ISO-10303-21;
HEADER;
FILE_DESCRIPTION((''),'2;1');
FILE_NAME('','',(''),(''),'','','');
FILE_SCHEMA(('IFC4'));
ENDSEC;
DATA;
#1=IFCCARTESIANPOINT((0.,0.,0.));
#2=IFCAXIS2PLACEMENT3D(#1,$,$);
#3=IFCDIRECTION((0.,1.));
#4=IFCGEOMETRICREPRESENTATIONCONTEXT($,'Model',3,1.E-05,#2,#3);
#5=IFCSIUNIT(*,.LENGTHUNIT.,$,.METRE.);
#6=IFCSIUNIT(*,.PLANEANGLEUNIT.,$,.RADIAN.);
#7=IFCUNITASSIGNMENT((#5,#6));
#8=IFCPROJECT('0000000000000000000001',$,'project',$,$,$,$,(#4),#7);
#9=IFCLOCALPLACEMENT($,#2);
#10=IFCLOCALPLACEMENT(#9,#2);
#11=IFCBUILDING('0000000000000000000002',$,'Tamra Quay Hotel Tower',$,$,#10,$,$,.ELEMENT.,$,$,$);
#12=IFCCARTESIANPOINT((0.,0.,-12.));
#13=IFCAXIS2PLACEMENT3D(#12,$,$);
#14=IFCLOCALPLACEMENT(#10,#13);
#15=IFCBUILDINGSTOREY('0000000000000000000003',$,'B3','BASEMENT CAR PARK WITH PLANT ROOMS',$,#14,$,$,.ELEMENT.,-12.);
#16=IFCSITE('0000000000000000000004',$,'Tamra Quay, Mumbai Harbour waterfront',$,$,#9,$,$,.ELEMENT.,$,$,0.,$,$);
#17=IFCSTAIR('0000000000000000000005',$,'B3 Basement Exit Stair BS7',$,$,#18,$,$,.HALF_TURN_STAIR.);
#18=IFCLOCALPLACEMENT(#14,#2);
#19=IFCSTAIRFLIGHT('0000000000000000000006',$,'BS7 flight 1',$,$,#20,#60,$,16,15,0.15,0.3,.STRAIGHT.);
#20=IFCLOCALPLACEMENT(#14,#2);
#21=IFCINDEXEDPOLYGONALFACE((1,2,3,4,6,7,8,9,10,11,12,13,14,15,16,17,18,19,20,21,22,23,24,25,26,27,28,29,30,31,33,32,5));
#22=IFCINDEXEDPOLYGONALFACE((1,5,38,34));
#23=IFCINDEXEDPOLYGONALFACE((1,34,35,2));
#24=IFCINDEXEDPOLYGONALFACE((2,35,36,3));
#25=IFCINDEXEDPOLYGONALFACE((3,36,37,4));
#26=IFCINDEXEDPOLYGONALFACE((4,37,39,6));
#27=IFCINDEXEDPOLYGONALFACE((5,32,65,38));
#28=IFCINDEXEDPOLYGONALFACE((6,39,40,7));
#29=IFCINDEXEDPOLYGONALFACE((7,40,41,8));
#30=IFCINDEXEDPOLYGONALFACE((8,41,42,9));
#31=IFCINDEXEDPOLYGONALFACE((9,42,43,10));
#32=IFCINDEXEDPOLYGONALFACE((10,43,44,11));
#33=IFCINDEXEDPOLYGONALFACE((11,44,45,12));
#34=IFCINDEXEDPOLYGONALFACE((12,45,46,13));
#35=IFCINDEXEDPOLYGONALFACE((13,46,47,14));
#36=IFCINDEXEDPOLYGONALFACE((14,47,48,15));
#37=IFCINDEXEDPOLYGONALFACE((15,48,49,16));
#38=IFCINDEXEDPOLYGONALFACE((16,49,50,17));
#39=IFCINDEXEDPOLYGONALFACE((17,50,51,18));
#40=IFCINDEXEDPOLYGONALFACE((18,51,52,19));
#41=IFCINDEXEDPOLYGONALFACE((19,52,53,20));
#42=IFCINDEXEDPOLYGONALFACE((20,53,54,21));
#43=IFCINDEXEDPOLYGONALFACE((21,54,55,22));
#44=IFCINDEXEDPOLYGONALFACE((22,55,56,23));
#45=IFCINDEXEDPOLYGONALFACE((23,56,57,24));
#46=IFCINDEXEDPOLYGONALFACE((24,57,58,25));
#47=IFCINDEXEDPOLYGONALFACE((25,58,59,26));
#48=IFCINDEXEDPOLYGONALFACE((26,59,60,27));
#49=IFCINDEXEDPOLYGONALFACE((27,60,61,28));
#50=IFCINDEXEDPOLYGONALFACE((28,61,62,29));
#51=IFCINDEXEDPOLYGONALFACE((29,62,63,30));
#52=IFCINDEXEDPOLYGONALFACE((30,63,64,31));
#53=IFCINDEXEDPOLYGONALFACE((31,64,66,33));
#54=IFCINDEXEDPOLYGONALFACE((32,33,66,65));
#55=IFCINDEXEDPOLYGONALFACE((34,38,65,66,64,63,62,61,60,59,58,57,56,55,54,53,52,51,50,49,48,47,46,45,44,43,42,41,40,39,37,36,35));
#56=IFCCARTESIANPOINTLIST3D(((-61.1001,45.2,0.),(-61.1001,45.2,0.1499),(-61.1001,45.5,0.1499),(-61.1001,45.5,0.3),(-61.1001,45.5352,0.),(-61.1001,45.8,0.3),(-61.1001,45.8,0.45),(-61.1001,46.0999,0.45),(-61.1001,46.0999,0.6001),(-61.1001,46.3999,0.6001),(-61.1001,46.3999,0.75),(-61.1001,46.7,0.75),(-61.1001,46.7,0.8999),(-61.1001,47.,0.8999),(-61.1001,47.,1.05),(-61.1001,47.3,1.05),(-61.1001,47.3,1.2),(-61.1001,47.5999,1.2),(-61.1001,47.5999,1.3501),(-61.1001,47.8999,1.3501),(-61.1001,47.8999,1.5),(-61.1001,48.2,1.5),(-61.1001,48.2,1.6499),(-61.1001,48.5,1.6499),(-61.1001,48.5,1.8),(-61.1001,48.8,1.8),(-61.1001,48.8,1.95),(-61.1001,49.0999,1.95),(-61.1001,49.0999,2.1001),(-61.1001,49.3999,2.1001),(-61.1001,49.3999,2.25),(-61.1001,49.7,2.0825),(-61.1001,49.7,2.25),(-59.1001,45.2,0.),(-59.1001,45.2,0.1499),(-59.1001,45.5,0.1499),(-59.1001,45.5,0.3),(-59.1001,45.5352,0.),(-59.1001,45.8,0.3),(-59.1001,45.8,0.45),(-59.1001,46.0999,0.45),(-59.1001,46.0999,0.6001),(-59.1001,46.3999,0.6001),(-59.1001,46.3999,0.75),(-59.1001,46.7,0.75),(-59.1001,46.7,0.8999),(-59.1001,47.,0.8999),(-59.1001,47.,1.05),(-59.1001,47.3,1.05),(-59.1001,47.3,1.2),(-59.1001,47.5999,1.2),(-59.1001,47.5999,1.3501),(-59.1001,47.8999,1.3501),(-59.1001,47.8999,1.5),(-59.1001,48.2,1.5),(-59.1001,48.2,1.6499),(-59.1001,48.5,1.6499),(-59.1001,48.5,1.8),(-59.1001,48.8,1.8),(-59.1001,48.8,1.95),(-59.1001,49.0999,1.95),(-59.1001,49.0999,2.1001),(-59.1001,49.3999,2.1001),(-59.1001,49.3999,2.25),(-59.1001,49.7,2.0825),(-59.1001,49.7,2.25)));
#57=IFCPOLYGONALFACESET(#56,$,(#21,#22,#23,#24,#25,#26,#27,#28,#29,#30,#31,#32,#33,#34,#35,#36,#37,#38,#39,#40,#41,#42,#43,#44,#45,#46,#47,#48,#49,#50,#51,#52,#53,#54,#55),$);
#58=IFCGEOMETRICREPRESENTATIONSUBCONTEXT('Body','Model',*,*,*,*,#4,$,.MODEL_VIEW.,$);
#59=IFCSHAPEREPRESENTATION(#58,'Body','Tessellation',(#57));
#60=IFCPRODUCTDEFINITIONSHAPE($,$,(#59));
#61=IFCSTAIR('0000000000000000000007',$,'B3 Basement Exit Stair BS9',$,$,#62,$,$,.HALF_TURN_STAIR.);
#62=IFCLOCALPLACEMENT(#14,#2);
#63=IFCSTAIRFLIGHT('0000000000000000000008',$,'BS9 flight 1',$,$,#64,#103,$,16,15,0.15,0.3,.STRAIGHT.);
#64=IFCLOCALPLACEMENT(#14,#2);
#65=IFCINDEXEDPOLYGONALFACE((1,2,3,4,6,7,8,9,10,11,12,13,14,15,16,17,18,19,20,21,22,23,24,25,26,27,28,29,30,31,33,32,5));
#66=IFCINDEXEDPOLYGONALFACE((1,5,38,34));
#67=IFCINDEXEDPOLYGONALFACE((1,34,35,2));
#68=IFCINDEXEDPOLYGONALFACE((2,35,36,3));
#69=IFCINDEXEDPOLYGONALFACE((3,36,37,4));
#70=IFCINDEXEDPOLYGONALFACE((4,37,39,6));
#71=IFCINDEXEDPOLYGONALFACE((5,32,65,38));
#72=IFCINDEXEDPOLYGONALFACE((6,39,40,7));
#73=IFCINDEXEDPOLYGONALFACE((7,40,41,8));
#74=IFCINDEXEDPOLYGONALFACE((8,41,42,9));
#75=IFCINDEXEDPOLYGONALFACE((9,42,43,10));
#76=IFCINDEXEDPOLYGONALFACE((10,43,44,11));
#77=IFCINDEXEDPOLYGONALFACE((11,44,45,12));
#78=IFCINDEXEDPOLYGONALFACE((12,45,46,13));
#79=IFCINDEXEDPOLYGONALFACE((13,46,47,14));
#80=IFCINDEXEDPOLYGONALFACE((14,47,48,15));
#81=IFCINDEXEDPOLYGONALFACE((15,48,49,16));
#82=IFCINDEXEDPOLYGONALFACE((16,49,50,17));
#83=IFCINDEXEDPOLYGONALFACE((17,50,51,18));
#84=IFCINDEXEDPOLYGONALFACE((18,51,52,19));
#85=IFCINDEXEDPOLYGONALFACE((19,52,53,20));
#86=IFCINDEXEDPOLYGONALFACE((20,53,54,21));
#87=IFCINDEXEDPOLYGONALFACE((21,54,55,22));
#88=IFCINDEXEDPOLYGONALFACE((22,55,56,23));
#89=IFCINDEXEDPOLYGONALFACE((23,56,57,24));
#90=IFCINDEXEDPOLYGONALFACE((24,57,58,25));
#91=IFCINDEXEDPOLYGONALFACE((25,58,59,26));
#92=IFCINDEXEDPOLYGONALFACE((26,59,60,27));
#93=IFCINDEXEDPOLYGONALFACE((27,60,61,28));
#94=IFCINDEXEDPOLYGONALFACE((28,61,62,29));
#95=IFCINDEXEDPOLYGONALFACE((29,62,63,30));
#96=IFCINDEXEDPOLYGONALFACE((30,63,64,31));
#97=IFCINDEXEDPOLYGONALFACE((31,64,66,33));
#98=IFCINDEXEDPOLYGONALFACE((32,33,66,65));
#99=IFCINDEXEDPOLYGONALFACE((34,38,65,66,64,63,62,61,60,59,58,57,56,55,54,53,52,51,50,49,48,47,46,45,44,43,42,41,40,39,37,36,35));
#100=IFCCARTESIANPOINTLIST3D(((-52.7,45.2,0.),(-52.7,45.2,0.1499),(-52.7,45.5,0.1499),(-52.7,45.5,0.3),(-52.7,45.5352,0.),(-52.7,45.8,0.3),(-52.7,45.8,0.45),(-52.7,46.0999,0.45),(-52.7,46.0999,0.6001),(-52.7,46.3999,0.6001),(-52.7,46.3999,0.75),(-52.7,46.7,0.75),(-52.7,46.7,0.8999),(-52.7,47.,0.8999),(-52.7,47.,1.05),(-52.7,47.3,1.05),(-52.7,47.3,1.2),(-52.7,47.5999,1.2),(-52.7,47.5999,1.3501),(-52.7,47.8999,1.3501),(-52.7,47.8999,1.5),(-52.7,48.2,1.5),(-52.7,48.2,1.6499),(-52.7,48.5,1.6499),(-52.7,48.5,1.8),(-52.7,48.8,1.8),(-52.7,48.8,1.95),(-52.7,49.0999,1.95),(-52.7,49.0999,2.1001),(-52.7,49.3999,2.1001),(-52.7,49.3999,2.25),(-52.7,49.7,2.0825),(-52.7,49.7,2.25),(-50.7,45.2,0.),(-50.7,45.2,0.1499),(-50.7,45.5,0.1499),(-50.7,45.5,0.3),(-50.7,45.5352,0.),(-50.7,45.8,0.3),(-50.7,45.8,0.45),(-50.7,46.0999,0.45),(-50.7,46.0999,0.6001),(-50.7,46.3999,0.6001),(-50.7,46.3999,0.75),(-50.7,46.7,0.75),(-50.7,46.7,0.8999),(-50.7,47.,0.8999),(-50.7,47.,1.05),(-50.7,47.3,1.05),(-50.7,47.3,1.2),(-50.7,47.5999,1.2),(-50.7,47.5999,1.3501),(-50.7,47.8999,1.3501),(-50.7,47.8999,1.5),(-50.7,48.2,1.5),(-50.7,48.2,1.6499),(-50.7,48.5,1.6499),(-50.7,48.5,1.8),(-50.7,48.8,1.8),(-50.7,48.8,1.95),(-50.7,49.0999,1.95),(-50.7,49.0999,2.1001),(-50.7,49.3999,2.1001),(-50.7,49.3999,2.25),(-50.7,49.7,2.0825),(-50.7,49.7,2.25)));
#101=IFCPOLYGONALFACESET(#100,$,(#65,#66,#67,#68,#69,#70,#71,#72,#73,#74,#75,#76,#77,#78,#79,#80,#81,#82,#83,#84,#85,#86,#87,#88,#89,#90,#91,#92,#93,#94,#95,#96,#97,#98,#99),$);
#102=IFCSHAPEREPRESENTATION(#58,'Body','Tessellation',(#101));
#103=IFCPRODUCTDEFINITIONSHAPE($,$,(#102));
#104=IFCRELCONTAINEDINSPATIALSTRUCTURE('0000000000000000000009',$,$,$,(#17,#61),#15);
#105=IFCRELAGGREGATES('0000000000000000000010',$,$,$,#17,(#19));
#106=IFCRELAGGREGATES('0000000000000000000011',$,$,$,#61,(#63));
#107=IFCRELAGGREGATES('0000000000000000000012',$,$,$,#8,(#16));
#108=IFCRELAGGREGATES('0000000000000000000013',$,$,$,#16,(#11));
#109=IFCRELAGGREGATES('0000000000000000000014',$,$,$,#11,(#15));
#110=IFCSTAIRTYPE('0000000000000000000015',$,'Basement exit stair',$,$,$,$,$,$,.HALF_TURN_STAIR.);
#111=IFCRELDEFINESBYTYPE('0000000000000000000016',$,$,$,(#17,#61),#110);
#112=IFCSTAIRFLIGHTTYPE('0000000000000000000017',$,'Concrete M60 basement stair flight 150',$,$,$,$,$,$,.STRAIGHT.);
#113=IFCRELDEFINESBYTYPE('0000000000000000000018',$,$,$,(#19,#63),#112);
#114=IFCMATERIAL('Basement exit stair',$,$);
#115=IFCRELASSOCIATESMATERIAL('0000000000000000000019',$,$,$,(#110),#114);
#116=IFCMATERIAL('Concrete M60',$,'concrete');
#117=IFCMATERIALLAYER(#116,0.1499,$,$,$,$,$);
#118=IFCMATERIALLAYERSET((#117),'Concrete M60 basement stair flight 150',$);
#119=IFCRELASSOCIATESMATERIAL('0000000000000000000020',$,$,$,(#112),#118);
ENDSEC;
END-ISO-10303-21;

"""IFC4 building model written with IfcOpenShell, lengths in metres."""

from ifc_helpers import new_model, si_unit, direction, frame, origin, place, context, subcontext, project, spatial, polyline, outline, extrude, material, layer, layer_set, type_object, element, aggregate, save


model = new_model("IFC4")

# Units and contexts
model_context = context("Model", 3, precision=1e-05, world=origin(), true_north=direction((0.0, 1.0)))
body_context = subcontext(model_context, "Body", "Model", "MODEL_VIEW")
ifc_project = project(units=[si_unit("LENGTHUNIT", "METRE"), si_unit("PLANEANGLEUNIT", "RADIAN")], contexts=[model_context])

# Site, building, storey
site_placement = place(None, origin())
site = spatial("IfcSite", under=ifc_project, at=site_placement, Name="Tamra Quay, Mumbai Harbour waterfront", CompositionType="ELEMENT", RefElevation=0.0)
building_placement = place(site_placement, origin())
building = spatial("IfcBuilding", under=site, at=building_placement, Name="Tamra Quay Hotel Tower", CompositionType="ELEMENT")
storey_placement = place(building_placement, frame((0.0, 0.0, -12.0)))
storey = spatial("IfcBuildingStorey", under=building, at=storey_placement, Name="B3", Description="BASEMENT CAR PARK WITH PLANT ROOMS", CompositionType="ELEMENT", Elevation=-12.0)

# Stairs, stair flights
ifc_material_1 = material(Name="Basement exit stair")
stair_type = type_object("IfcStairType", Name="Basement exit stair", PredefinedType="HALF_TURN_STAIR", material=ifc_material_1)
stair_1_placement = place(storey_placement, origin())
stair_1 = element("IfcStair", 1, at=stair_1_placement, inside=storey, type_object=stair_type, Name="B3 Basement Exit Stair BS7", PredefinedType="HALF_TURN_STAIR")
ifc_material_2 = material(Name="Concrete M60", Category="concrete")
ifc_layer_1 = layer(ifc_material_2, 0.1499)
ifc_layer_set_1 = layer_set([ifc_layer_1], Name="Concrete M60 basement stair flight 150")
stair_flight_type = type_object("IfcStairFlightType", Name="Concrete M60 basement stair flight 150", PredefinedType="STRAIGHT", material=ifc_layer_set_1)
stair_flight_1_placement = place(storey_placement, frame((-60.1001, 45.2, 0.0), z_axis=(0.0, 0.0, 1.0), x_axis=(0.0, 1.0, 0.0)))
stair_flight_1 = element("IfcStairFlight", 2, at=stair_flight_1_placement, type_object=stair_flight_type, Name="BS7 flight 1", NumberOfRisers=16, NumberOfTreads=15, PredefinedType="STRAIGHT", RiserHeight=0.15, TreadLength=0.3, context=body_context, shape_type="SweptSolid", body=[
    extrude(outline(polyline([(0.0, 0.0), (0.0, 0.1499), (0.3, 0.1499), (0.3, 0.3), (0.6001, 0.3), (0.6001, 0.45), (0.8999, 0.45), (0.8999, 0.6001), (1.2, 0.6001), (1.2, 0.75), (1.5, 0.75), (1.5, 0.8999), (1.8, 0.8999), (1.8, 1.05), (2.1001, 1.05), (2.1001, 1.2), (2.3999, 1.2), (2.3999, 1.3501), (2.7, 1.3501), (2.7, 1.5), (3.0, 1.5), (3.0, 1.6499), (3.3, 1.6499), (3.3, 1.8), (3.6001, 1.8), (3.6001, 1.95), (3.8999, 1.95), (3.8999, 2.1001), (4.2, 2.1001), (4.2, 2.25), (4.5, 2.25), (4.5, 2.3999), (4.5, 2.0825), (0.3352, 0.0), (0.0, 0.0)])), frame((0.0, 1.0, 0.0), z_axis=(0.0, -1.0, 0.0), x_axis=(1.0, 0.0, 0.0)), (0.0, 0.0, 1.0), 2.0),
])
aggregate(stair_1, [stair_flight_1])
stair_2_placement = place(storey_placement, origin())
stair_2 = element("IfcStair", 3, at=stair_2_placement, inside=storey, type_object=stair_type, Name="B3 Basement Exit Stair BS9", PredefinedType="HALF_TURN_STAIR")
stair_flight_2_placement = place(storey_placement, frame((-51.7, 45.2, 0.0), z_axis=(0.0, 0.0, 1.0), x_axis=(0.0, 1.0, 0.0)))
stair_flight_2 = element("IfcStairFlight", 4, at=stair_flight_2_placement, type_object=stair_flight_type, Name="BS9 flight 1", NumberOfRisers=16, NumberOfTreads=15, PredefinedType="STRAIGHT", RiserHeight=0.15, TreadLength=0.3, context=body_context, shape_type="SweptSolid", body=[
    extrude(outline(polyline([(0.0, 0.0), (0.0, 0.1499), (0.3, 0.1499), (0.3, 0.3), (0.6001, 0.3), (0.6001, 0.45), (0.8999, 0.45), (0.8999, 0.6001), (1.2, 0.6001), (1.2, 0.75), (1.5, 0.75), (1.5, 0.8999), (1.8, 0.8999), (1.8, 1.05), (2.1001, 1.05), (2.1001, 1.2), (2.3999, 1.2), (2.3999, 1.3501), (2.7, 1.3501), (2.7, 1.5), (3.0, 1.5), (3.0, 1.6499), (3.3, 1.6499), (3.3, 1.8), (3.6001, 1.8), (3.6001, 1.95), (3.8999, 1.95), (3.8999, 2.1001), (4.2, 2.1001), (4.2, 2.25), (4.5, 2.25), (4.5, 2.3999), (4.5, 2.0825), (0.3352, 0.0), (0.0, 0.0)])), frame((0.0, 1.0, 0.0), z_axis=(0.0, -1.0, 0.0), x_axis=(1.0, 0.0, 0.0)), (0.0, 0.0, 1.0), 2.0),
])
aggregate(stair_2, [stair_flight_2])

save(model, "model.ifc")
